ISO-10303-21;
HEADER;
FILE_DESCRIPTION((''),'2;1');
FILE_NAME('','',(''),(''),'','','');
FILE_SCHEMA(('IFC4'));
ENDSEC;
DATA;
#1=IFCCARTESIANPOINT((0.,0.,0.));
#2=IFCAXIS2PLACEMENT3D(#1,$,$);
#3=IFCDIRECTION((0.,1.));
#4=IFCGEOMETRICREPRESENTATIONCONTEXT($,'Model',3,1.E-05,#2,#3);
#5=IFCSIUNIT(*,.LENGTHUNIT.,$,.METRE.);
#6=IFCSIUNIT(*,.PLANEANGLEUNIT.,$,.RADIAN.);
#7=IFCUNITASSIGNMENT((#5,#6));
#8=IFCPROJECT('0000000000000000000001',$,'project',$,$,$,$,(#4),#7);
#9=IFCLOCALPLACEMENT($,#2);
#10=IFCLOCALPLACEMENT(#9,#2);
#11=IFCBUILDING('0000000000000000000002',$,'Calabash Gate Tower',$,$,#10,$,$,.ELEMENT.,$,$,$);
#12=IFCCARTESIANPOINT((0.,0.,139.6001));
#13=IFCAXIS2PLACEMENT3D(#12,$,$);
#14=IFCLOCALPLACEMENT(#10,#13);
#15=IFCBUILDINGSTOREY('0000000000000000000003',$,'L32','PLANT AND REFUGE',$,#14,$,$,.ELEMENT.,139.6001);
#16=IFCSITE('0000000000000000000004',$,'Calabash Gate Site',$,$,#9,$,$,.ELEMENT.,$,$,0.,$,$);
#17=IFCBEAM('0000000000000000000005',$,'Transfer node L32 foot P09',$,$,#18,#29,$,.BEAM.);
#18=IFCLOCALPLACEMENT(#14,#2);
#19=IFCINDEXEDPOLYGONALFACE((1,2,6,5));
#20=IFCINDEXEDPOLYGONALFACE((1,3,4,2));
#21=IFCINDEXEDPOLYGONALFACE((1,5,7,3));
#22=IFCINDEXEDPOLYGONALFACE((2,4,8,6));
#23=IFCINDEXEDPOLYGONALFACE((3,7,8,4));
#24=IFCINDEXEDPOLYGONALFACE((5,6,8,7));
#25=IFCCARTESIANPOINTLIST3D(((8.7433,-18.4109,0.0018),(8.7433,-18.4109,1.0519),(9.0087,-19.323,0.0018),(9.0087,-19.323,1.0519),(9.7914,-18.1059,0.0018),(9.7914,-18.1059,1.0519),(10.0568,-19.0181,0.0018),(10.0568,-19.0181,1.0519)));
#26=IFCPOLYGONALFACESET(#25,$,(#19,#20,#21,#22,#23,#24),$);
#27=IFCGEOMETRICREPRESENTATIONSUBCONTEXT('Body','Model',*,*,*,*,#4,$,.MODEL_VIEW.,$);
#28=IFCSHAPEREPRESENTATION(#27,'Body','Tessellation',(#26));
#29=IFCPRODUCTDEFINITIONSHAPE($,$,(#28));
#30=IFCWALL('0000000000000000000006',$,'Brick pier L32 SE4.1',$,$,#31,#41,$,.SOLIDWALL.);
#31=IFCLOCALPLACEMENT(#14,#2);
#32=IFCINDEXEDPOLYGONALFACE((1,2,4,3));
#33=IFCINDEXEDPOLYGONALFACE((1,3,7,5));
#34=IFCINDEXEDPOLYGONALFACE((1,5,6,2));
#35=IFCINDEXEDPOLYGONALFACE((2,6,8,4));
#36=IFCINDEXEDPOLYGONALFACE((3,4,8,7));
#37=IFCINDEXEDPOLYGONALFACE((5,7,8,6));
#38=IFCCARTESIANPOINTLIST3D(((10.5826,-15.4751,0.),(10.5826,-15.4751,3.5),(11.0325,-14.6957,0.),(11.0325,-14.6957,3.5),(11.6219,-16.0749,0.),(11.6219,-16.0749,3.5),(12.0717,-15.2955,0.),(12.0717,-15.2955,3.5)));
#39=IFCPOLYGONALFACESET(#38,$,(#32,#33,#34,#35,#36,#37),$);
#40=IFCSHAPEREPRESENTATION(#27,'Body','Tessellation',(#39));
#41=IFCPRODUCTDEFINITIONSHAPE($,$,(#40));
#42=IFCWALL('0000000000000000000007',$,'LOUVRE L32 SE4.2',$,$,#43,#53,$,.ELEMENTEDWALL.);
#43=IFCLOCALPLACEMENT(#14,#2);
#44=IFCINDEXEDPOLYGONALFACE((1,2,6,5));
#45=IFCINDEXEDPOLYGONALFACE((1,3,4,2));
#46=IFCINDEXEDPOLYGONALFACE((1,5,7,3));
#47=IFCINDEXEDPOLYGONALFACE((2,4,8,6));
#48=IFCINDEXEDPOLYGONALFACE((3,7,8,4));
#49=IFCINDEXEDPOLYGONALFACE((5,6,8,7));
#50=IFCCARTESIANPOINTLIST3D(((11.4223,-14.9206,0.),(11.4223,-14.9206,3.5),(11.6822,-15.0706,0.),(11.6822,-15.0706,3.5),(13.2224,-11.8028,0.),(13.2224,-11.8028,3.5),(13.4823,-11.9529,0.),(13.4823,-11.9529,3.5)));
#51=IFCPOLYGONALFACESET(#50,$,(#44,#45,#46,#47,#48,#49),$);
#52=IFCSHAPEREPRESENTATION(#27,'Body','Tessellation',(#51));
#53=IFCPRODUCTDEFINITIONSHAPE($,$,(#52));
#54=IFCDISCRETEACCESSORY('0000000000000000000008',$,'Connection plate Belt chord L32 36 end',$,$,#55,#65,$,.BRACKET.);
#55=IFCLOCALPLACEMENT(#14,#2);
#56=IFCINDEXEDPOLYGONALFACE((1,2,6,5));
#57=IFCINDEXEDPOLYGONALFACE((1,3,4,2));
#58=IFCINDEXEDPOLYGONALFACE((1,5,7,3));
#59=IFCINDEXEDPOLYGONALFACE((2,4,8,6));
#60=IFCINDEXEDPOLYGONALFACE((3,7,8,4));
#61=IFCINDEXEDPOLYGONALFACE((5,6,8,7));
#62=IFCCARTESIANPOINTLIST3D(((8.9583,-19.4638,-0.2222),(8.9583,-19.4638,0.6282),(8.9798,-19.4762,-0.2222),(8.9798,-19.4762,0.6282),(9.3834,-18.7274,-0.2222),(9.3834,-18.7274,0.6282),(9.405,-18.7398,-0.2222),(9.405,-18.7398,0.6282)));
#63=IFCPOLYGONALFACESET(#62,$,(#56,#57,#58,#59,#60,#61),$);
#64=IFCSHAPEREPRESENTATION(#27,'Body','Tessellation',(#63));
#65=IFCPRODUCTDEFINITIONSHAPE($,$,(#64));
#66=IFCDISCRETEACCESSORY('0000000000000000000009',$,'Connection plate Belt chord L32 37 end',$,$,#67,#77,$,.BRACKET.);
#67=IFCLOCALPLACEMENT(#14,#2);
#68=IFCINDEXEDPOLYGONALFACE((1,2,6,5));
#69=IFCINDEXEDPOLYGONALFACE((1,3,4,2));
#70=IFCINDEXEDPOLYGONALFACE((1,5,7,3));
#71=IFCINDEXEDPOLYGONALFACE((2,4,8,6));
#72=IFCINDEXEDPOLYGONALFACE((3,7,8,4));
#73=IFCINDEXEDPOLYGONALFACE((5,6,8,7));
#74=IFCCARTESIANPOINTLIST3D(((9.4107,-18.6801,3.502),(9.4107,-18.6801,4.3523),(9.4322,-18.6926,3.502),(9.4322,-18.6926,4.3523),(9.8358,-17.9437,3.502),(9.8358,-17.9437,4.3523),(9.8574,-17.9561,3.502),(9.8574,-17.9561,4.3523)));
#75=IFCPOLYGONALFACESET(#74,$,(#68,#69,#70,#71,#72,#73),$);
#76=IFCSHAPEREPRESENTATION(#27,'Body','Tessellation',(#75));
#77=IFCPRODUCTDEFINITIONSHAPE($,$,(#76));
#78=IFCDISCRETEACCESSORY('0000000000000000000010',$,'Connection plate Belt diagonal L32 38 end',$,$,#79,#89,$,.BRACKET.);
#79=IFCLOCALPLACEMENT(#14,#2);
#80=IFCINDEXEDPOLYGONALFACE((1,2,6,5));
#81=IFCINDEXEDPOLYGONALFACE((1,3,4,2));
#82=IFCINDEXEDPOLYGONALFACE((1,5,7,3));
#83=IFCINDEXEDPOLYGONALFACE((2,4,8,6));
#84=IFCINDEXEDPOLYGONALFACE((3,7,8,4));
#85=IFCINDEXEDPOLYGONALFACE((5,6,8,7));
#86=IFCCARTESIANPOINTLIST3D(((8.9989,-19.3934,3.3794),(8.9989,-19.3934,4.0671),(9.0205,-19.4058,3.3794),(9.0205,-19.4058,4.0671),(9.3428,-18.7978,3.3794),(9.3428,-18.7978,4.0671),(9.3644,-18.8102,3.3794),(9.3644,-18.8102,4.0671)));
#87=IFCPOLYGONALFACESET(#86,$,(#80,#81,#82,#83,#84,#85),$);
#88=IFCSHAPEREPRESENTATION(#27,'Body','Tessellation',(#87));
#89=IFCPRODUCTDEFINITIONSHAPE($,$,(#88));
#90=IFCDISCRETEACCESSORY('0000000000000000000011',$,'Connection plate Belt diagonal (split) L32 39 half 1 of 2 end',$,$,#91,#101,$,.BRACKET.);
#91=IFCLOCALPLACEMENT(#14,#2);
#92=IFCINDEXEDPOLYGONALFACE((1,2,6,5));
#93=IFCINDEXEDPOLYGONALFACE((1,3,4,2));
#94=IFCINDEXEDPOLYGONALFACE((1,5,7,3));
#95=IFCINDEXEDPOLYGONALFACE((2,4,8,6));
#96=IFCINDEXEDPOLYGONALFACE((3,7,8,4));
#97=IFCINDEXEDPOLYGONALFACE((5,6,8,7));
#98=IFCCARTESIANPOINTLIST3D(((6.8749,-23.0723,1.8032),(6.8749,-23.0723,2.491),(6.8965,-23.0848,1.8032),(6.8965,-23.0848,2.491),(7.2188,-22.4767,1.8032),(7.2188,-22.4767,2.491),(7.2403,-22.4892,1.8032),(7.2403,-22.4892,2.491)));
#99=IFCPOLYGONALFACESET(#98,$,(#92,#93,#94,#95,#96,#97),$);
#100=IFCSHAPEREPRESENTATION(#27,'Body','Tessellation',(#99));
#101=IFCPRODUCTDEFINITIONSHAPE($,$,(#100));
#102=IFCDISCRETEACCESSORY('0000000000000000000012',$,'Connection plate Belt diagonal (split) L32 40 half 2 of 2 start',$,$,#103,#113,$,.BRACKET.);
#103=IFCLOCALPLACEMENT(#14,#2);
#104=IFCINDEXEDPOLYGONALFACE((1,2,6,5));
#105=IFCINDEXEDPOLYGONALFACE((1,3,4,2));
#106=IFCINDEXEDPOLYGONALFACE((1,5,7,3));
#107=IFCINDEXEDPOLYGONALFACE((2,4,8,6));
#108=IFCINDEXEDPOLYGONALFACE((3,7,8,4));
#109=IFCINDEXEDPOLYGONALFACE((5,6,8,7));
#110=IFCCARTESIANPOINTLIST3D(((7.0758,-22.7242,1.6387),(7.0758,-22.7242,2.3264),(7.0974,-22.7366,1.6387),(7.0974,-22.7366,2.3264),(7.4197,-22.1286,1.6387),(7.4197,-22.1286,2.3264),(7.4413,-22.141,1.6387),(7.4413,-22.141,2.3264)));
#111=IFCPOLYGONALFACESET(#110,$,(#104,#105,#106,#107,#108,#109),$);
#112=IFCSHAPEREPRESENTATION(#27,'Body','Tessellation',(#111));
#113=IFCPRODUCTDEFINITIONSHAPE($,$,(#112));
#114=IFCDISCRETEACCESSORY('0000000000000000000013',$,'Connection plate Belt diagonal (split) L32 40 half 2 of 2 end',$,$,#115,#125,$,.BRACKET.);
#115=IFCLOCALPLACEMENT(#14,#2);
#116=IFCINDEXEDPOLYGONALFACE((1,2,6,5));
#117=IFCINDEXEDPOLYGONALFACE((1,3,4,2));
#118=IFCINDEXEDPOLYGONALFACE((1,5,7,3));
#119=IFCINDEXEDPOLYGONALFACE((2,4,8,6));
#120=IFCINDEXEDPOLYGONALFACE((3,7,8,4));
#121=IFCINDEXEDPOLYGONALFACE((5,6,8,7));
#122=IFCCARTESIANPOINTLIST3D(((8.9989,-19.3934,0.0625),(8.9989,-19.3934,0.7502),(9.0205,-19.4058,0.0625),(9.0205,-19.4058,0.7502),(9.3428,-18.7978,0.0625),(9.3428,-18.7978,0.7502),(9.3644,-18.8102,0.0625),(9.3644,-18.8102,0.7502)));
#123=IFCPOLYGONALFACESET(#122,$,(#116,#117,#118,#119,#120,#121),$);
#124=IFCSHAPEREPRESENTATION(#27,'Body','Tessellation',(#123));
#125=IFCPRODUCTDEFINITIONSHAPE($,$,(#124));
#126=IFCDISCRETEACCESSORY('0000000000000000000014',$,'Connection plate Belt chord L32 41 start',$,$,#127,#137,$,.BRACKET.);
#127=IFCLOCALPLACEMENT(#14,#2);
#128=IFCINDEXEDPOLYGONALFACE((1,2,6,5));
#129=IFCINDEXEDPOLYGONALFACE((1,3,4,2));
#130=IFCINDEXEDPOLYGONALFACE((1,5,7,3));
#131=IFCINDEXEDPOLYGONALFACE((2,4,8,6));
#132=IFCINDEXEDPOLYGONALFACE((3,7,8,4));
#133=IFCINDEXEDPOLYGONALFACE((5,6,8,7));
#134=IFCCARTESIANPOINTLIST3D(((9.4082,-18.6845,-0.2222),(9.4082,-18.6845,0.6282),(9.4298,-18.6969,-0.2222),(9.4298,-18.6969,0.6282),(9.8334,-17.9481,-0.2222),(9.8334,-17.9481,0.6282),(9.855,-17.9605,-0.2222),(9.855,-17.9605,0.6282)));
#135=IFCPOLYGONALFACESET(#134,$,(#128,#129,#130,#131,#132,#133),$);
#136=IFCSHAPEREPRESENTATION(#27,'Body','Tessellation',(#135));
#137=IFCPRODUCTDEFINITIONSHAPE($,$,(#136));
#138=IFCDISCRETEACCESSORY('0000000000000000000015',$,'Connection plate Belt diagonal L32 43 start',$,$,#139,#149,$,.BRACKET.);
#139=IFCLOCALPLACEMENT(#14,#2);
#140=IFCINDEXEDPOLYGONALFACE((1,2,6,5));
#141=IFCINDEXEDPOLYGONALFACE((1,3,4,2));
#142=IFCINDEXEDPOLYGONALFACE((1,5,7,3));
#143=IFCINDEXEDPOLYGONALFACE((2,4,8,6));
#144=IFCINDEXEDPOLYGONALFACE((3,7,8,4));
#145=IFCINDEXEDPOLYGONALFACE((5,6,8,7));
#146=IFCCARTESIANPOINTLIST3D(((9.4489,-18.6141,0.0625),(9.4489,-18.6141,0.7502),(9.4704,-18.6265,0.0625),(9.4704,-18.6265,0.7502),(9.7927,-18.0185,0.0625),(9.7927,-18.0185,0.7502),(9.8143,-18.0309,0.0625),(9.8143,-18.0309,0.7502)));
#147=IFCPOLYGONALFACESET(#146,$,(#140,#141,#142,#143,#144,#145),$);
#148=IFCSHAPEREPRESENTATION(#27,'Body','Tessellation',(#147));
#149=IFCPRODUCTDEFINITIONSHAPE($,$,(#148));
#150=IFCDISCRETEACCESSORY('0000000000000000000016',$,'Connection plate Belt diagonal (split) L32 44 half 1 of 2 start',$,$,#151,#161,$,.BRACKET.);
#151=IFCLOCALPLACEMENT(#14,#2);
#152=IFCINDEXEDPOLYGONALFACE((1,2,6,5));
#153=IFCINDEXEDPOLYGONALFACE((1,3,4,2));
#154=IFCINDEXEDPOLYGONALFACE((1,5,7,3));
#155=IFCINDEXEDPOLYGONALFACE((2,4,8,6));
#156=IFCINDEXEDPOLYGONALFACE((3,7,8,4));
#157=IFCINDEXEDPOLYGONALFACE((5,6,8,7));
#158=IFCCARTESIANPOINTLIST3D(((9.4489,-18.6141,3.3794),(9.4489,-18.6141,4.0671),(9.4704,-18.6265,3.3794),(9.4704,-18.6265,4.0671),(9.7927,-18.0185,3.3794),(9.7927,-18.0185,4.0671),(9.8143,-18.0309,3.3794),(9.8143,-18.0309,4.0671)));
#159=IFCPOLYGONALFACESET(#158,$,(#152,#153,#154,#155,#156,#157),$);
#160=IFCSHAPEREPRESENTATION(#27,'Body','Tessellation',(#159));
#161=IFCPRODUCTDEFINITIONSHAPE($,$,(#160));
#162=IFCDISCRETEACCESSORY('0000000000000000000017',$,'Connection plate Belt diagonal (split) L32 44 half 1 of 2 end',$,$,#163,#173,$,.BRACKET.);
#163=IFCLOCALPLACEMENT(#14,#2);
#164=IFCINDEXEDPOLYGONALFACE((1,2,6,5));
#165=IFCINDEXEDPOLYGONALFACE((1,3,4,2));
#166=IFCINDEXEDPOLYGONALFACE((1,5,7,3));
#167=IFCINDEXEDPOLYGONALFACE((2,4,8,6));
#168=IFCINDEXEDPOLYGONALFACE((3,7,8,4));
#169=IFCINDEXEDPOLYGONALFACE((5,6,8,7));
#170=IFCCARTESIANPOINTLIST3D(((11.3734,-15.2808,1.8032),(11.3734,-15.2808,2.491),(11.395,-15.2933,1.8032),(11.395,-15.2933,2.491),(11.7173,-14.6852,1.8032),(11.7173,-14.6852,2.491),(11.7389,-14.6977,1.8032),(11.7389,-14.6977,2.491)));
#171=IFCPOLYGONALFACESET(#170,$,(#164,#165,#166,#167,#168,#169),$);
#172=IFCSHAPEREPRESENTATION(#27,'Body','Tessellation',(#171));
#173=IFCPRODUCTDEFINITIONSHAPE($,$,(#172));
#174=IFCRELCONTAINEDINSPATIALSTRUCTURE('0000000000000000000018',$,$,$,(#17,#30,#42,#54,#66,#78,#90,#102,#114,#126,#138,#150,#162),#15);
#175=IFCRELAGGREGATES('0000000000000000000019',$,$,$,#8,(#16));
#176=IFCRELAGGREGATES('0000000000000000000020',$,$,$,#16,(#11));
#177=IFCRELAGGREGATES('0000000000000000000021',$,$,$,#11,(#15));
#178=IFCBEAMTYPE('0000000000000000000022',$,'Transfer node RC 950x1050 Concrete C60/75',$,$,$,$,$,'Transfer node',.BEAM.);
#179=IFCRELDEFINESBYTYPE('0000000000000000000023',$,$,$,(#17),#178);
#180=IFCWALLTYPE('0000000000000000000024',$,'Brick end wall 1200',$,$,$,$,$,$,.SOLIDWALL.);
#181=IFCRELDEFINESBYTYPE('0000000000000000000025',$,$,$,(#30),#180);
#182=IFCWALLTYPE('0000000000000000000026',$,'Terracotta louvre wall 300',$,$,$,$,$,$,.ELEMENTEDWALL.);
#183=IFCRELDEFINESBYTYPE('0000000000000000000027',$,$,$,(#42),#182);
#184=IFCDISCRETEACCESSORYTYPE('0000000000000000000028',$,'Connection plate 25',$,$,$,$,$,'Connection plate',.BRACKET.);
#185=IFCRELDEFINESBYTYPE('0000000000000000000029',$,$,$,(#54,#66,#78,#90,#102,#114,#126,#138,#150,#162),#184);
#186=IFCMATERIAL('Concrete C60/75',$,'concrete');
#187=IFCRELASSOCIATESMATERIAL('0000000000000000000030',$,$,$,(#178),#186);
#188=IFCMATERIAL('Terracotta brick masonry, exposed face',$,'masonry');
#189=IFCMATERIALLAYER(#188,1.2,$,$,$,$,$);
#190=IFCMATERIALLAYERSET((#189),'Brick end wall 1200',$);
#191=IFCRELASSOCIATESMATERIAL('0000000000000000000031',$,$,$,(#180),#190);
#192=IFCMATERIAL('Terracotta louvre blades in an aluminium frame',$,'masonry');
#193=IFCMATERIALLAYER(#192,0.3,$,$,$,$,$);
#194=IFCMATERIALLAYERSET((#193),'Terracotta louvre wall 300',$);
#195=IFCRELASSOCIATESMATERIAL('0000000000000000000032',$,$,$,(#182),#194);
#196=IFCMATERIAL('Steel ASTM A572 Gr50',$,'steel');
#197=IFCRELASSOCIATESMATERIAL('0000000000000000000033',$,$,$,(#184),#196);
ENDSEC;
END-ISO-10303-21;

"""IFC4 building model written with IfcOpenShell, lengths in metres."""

from ifc_helpers import new_model, si_unit, direction, frame, frame_2d, origin, origin_2d, place, context, subcontext, project, spatial, rectangle, extrude, material, layer, layer_set, material_profile, profile_set, type_object, element, save


model = new_model("IFC4")

# Units and contexts
model_context = context("Model", 3, precision=1e-05, world=origin(), true_north=direction((0.0, 1.0)))
body_context = subcontext(model_context, "Body", "Model", "MODEL_VIEW")
ifc_project = project(units=[si_unit("LENGTHUNIT", "METRE"), si_unit("PLANEANGLEUNIT", "RADIAN")], contexts=[model_context])

# Site, building, storey
site_placement = place(None, origin())
site = spatial("IfcSite", under=ifc_project, at=site_placement, Name="Calabash Gate Site", CompositionType="ELEMENT", RefElevation=0.0)
building_placement = place(site_placement, origin())
building = spatial("IfcBuilding", under=site, at=building_placement, Name="Calabash Gate Tower", CompositionType="ELEMENT")
storey_placement = place(building_placement, frame((0.0, 0.0, 139.6001)))
storey = spatial("IfcBuildingStorey", under=building, at=storey_placement, Name="L32", Description="PLANT AND REFUGE", CompositionType="ELEMENT", Elevation=139.6001)

# Beam
ifc_material_1 = material(Name="Concrete C60/75", Category="concrete")
ifc_material_profile_1 = material_profile(ifc_material_1, rectangle(XDim=0.95, YDim=1.05, at=origin_2d()))
ifc_profile_set_1 = profile_set([ifc_material_profile_1], Name="Concrete C60/75")
beam_type_1 = type_object("IfcBeamType", Name="Transfer node RC 950x1050 Concrete C60/75", ElementType="Transfer node", PredefinedType="BEAM", material=ifc_profile_set_1)
beam_1_placement = place(storey_placement, frame((9.9241, -18.562, 0.5269), z_axis=(-0.960188, -0.279356, 0.0), x_axis=(0.279356, -0.960188, 0.0)))
element("IfcBeam", 1, at=beam_1_placement, inside=storey, type_object=beam_type_1, Name="Transfer node L32 foot P09", PredefinedType="BEAM", context=body_context, shape_type="SweptSolid", body=[
    extrude(rectangle(XDim=0.95, YDim=1.05, at=origin_2d()), origin(), (0.0, 0.0, 1.0), 1.0916),
])

# Walls
ifc_material_2 = material(Name="Terracotta brick masonry, exposed face", Category="masonry")
ifc_layer_1 = layer(ifc_material_2, 1.2)
ifc_layer_set_1 = layer_set([ifc_layer_1], Name="Brick end wall 1200")
wall_type_1 = type_object("IfcWallType", Name="Brick end wall 1200", PredefinedType="SOLIDWALL", material=ifc_layer_set_1)
wall_1_placement = place(storey_placement, frame((11.8469, -15.6853, 0.0), z_axis=(0.0, 0.0, 1.0), x_axis=(-0.866094, 0.499881, 0.0)))
element("IfcWall", 2, at=wall_1_placement, inside=storey, type_object=wall_type_1, Name="Brick pier L32 SE4.1", PredefinedType="SOLIDWALL", context=body_context, shape_type="SweptSolid", body=[
    extrude(rectangle(XDim=1.2, YDim=0.8999, at=frame_2d((0.6001, 0.0))), origin(), (0.0, 0.0, 1.0), 3.5),
])
ifc_material_3 = material(Name="Terracotta louvre blades in an aluminium frame", Category="masonry")
ifc_layer_2 = layer(ifc_material_3, 0.3)
ifc_layer_set_2 = layer_set([ifc_layer_2], Name="Terracotta louvre wall 300")
wall_type_2 = type_object("IfcWallType", Name="Terracotta louvre wall 300", PredefinedType="ELEMENTEDWALL", material=ifc_layer_set_2)
wall_2_placement = place(storey_placement, frame((11.5522, -14.9956, 0.0), z_axis=(0.0, 0.0, 1.0), x_axis=(0.500012, 0.866018, 0.0)))
element("IfcWall", 3, at=wall_2_placement, inside=storey, type_object=wall_type_2, Name="LOUVRE L32 SE4.2", PredefinedType="ELEMENTEDWALL", context=body_context, shape_type="SweptSolid", body=[
    extrude(rectangle(XDim=3.6001, YDim=0.3, at=frame_2d((1.8, 0.0))), origin(), (0.0, 0.0, 1.0), 3.5),
])

# Discrete accessories
ifc_material_4 = material(Name="Steel ASTM A572 Gr50", Category="steel")
discrete_accessory_type = type_object("IfcDiscreteAccessoryType", Name="Connection plate 25", ElementType="Connection plate", PredefinedType="BRACKET", material=ifc_material_4)
for number, where, z_axis, x_axis, name in (
    (4, (9.1816, -19.1018, -0.2222), (0.0, 0.0, 1.0), (0.5, 0.866025, 0.0), "Connection plate Belt chord L32 36 end"),
    (5, (9.634, -18.3181, 3.502), (0.0, 0.0, 1.0), (0.499986, 0.866033, 0.0), "Connection plate Belt chord L32 37 end"),
):
    element("IfcDiscreteAccessory", number, at=place(storey_placement, frame(where, z_axis=z_axis, x_axis=x_axis)), inside=storey, type_object=discrete_accessory_type, Name=name, PredefinedType="BRACKET", context=body_context, shape_type="SweptSolid", body=[
        extrude(rectangle(XDim=0.8503, YDim=0.0249, at=origin_2d()), origin(), (0.0, 0.0, 1.0), 0.8503),
    ])
for number, where, z_axis, x_axis, name in (
    (6, (9.1816, -19.1018, 3.3794), (0.0, 0.0, 1.0), (0.5, 0.866025, 0.0), "Connection plate Belt diagonal L32 38 end"),
    (7, (7.0576, -22.7808, 1.8032), (0.0, 0.0, 1.0), (0.5, 0.866025, 0.0), "Connection plate Belt diagonal (split) L32 39 half 1 of 2 end"),
    (8, (7.2585, -22.4326, 1.6387), (0.0, 0.0, 1.0), (0.5, 0.866025, 0.0), "Connection plate Belt diagonal (split) L32 40 half 2 of 2 start"),
    (9, (9.1816, -19.1018, 0.0625), (0.0, 0.0, 1.0), (0.5, 0.866025, 0.0), "Connection plate Belt diagonal (split) L32 40 half 2 of 2 end"),
):
    element("IfcDiscreteAccessory", number, at=place(storey_placement, frame(where, z_axis=z_axis, x_axis=x_axis)), inside=storey, type_object=discrete_accessory_type, Name=name, PredefinedType="BRACKET", context=body_context, shape_type="SweptSolid", body=[
        extrude(rectangle(XDim=0.6877, YDim=0.0249, at=origin_2d()), origin(), (0.0, 0.0, 1.0), 0.6877),
    ])
discrete_accessory_placement = place(storey_placement, frame((9.6316, -18.3225, -0.2222), z_axis=(0.0, 0.0, 1.0), x_axis=(0.5, 0.866025, 0.0)))
element("IfcDiscreteAccessory", 10, at=discrete_accessory_placement, inside=storey, type_object=discrete_accessory_type, Name="Connection plate Belt chord L32 41 start", PredefinedType="BRACKET", context=body_context, shape_type="SweptSolid", body=[
    extrude(rectangle(XDim=0.8503, YDim=0.0249, at=origin_2d()), origin(), (0.0, 0.0, 1.0), 0.8503),
])
for number, where, z_axis, x_axis, name in (
    (11, (9.6316, -18.3225, 0.0625), (0.0, 0.0, 1.0), (0.5, 0.866025, 0.0), "Connection plate Belt diagonal L32 43 start"),
    (12, (9.6316, -18.3225, 3.3794), (0.0, 0.0, 1.0), (0.5, 0.866025, 0.0), "Connection plate Belt diagonal (split) L32 44 half 1 of 2 start"),
    (13, (11.5562, -14.9893, 1.8032), (0.0, 0.0, 1.0), (0.5, 0.866025, 0.0), "Connection plate Belt diagonal (split) L32 44 half 1 of 2 end"),
):
    element("IfcDiscreteAccessory", number, at=place(storey_placement, frame(where, z_axis=z_axis, x_axis=x_axis)), inside=storey, type_object=discrete_accessory_type, Name=name, PredefinedType="BRACKET", context=body_context, shape_type="SweptSolid", body=[
        extrude(rectangle(XDim=0.6877, YDim=0.0249, at=origin_2d()), origin(), (0.0, 0.0, 1.0), 0.6877),
    ])

save(model, "model.ifc")
